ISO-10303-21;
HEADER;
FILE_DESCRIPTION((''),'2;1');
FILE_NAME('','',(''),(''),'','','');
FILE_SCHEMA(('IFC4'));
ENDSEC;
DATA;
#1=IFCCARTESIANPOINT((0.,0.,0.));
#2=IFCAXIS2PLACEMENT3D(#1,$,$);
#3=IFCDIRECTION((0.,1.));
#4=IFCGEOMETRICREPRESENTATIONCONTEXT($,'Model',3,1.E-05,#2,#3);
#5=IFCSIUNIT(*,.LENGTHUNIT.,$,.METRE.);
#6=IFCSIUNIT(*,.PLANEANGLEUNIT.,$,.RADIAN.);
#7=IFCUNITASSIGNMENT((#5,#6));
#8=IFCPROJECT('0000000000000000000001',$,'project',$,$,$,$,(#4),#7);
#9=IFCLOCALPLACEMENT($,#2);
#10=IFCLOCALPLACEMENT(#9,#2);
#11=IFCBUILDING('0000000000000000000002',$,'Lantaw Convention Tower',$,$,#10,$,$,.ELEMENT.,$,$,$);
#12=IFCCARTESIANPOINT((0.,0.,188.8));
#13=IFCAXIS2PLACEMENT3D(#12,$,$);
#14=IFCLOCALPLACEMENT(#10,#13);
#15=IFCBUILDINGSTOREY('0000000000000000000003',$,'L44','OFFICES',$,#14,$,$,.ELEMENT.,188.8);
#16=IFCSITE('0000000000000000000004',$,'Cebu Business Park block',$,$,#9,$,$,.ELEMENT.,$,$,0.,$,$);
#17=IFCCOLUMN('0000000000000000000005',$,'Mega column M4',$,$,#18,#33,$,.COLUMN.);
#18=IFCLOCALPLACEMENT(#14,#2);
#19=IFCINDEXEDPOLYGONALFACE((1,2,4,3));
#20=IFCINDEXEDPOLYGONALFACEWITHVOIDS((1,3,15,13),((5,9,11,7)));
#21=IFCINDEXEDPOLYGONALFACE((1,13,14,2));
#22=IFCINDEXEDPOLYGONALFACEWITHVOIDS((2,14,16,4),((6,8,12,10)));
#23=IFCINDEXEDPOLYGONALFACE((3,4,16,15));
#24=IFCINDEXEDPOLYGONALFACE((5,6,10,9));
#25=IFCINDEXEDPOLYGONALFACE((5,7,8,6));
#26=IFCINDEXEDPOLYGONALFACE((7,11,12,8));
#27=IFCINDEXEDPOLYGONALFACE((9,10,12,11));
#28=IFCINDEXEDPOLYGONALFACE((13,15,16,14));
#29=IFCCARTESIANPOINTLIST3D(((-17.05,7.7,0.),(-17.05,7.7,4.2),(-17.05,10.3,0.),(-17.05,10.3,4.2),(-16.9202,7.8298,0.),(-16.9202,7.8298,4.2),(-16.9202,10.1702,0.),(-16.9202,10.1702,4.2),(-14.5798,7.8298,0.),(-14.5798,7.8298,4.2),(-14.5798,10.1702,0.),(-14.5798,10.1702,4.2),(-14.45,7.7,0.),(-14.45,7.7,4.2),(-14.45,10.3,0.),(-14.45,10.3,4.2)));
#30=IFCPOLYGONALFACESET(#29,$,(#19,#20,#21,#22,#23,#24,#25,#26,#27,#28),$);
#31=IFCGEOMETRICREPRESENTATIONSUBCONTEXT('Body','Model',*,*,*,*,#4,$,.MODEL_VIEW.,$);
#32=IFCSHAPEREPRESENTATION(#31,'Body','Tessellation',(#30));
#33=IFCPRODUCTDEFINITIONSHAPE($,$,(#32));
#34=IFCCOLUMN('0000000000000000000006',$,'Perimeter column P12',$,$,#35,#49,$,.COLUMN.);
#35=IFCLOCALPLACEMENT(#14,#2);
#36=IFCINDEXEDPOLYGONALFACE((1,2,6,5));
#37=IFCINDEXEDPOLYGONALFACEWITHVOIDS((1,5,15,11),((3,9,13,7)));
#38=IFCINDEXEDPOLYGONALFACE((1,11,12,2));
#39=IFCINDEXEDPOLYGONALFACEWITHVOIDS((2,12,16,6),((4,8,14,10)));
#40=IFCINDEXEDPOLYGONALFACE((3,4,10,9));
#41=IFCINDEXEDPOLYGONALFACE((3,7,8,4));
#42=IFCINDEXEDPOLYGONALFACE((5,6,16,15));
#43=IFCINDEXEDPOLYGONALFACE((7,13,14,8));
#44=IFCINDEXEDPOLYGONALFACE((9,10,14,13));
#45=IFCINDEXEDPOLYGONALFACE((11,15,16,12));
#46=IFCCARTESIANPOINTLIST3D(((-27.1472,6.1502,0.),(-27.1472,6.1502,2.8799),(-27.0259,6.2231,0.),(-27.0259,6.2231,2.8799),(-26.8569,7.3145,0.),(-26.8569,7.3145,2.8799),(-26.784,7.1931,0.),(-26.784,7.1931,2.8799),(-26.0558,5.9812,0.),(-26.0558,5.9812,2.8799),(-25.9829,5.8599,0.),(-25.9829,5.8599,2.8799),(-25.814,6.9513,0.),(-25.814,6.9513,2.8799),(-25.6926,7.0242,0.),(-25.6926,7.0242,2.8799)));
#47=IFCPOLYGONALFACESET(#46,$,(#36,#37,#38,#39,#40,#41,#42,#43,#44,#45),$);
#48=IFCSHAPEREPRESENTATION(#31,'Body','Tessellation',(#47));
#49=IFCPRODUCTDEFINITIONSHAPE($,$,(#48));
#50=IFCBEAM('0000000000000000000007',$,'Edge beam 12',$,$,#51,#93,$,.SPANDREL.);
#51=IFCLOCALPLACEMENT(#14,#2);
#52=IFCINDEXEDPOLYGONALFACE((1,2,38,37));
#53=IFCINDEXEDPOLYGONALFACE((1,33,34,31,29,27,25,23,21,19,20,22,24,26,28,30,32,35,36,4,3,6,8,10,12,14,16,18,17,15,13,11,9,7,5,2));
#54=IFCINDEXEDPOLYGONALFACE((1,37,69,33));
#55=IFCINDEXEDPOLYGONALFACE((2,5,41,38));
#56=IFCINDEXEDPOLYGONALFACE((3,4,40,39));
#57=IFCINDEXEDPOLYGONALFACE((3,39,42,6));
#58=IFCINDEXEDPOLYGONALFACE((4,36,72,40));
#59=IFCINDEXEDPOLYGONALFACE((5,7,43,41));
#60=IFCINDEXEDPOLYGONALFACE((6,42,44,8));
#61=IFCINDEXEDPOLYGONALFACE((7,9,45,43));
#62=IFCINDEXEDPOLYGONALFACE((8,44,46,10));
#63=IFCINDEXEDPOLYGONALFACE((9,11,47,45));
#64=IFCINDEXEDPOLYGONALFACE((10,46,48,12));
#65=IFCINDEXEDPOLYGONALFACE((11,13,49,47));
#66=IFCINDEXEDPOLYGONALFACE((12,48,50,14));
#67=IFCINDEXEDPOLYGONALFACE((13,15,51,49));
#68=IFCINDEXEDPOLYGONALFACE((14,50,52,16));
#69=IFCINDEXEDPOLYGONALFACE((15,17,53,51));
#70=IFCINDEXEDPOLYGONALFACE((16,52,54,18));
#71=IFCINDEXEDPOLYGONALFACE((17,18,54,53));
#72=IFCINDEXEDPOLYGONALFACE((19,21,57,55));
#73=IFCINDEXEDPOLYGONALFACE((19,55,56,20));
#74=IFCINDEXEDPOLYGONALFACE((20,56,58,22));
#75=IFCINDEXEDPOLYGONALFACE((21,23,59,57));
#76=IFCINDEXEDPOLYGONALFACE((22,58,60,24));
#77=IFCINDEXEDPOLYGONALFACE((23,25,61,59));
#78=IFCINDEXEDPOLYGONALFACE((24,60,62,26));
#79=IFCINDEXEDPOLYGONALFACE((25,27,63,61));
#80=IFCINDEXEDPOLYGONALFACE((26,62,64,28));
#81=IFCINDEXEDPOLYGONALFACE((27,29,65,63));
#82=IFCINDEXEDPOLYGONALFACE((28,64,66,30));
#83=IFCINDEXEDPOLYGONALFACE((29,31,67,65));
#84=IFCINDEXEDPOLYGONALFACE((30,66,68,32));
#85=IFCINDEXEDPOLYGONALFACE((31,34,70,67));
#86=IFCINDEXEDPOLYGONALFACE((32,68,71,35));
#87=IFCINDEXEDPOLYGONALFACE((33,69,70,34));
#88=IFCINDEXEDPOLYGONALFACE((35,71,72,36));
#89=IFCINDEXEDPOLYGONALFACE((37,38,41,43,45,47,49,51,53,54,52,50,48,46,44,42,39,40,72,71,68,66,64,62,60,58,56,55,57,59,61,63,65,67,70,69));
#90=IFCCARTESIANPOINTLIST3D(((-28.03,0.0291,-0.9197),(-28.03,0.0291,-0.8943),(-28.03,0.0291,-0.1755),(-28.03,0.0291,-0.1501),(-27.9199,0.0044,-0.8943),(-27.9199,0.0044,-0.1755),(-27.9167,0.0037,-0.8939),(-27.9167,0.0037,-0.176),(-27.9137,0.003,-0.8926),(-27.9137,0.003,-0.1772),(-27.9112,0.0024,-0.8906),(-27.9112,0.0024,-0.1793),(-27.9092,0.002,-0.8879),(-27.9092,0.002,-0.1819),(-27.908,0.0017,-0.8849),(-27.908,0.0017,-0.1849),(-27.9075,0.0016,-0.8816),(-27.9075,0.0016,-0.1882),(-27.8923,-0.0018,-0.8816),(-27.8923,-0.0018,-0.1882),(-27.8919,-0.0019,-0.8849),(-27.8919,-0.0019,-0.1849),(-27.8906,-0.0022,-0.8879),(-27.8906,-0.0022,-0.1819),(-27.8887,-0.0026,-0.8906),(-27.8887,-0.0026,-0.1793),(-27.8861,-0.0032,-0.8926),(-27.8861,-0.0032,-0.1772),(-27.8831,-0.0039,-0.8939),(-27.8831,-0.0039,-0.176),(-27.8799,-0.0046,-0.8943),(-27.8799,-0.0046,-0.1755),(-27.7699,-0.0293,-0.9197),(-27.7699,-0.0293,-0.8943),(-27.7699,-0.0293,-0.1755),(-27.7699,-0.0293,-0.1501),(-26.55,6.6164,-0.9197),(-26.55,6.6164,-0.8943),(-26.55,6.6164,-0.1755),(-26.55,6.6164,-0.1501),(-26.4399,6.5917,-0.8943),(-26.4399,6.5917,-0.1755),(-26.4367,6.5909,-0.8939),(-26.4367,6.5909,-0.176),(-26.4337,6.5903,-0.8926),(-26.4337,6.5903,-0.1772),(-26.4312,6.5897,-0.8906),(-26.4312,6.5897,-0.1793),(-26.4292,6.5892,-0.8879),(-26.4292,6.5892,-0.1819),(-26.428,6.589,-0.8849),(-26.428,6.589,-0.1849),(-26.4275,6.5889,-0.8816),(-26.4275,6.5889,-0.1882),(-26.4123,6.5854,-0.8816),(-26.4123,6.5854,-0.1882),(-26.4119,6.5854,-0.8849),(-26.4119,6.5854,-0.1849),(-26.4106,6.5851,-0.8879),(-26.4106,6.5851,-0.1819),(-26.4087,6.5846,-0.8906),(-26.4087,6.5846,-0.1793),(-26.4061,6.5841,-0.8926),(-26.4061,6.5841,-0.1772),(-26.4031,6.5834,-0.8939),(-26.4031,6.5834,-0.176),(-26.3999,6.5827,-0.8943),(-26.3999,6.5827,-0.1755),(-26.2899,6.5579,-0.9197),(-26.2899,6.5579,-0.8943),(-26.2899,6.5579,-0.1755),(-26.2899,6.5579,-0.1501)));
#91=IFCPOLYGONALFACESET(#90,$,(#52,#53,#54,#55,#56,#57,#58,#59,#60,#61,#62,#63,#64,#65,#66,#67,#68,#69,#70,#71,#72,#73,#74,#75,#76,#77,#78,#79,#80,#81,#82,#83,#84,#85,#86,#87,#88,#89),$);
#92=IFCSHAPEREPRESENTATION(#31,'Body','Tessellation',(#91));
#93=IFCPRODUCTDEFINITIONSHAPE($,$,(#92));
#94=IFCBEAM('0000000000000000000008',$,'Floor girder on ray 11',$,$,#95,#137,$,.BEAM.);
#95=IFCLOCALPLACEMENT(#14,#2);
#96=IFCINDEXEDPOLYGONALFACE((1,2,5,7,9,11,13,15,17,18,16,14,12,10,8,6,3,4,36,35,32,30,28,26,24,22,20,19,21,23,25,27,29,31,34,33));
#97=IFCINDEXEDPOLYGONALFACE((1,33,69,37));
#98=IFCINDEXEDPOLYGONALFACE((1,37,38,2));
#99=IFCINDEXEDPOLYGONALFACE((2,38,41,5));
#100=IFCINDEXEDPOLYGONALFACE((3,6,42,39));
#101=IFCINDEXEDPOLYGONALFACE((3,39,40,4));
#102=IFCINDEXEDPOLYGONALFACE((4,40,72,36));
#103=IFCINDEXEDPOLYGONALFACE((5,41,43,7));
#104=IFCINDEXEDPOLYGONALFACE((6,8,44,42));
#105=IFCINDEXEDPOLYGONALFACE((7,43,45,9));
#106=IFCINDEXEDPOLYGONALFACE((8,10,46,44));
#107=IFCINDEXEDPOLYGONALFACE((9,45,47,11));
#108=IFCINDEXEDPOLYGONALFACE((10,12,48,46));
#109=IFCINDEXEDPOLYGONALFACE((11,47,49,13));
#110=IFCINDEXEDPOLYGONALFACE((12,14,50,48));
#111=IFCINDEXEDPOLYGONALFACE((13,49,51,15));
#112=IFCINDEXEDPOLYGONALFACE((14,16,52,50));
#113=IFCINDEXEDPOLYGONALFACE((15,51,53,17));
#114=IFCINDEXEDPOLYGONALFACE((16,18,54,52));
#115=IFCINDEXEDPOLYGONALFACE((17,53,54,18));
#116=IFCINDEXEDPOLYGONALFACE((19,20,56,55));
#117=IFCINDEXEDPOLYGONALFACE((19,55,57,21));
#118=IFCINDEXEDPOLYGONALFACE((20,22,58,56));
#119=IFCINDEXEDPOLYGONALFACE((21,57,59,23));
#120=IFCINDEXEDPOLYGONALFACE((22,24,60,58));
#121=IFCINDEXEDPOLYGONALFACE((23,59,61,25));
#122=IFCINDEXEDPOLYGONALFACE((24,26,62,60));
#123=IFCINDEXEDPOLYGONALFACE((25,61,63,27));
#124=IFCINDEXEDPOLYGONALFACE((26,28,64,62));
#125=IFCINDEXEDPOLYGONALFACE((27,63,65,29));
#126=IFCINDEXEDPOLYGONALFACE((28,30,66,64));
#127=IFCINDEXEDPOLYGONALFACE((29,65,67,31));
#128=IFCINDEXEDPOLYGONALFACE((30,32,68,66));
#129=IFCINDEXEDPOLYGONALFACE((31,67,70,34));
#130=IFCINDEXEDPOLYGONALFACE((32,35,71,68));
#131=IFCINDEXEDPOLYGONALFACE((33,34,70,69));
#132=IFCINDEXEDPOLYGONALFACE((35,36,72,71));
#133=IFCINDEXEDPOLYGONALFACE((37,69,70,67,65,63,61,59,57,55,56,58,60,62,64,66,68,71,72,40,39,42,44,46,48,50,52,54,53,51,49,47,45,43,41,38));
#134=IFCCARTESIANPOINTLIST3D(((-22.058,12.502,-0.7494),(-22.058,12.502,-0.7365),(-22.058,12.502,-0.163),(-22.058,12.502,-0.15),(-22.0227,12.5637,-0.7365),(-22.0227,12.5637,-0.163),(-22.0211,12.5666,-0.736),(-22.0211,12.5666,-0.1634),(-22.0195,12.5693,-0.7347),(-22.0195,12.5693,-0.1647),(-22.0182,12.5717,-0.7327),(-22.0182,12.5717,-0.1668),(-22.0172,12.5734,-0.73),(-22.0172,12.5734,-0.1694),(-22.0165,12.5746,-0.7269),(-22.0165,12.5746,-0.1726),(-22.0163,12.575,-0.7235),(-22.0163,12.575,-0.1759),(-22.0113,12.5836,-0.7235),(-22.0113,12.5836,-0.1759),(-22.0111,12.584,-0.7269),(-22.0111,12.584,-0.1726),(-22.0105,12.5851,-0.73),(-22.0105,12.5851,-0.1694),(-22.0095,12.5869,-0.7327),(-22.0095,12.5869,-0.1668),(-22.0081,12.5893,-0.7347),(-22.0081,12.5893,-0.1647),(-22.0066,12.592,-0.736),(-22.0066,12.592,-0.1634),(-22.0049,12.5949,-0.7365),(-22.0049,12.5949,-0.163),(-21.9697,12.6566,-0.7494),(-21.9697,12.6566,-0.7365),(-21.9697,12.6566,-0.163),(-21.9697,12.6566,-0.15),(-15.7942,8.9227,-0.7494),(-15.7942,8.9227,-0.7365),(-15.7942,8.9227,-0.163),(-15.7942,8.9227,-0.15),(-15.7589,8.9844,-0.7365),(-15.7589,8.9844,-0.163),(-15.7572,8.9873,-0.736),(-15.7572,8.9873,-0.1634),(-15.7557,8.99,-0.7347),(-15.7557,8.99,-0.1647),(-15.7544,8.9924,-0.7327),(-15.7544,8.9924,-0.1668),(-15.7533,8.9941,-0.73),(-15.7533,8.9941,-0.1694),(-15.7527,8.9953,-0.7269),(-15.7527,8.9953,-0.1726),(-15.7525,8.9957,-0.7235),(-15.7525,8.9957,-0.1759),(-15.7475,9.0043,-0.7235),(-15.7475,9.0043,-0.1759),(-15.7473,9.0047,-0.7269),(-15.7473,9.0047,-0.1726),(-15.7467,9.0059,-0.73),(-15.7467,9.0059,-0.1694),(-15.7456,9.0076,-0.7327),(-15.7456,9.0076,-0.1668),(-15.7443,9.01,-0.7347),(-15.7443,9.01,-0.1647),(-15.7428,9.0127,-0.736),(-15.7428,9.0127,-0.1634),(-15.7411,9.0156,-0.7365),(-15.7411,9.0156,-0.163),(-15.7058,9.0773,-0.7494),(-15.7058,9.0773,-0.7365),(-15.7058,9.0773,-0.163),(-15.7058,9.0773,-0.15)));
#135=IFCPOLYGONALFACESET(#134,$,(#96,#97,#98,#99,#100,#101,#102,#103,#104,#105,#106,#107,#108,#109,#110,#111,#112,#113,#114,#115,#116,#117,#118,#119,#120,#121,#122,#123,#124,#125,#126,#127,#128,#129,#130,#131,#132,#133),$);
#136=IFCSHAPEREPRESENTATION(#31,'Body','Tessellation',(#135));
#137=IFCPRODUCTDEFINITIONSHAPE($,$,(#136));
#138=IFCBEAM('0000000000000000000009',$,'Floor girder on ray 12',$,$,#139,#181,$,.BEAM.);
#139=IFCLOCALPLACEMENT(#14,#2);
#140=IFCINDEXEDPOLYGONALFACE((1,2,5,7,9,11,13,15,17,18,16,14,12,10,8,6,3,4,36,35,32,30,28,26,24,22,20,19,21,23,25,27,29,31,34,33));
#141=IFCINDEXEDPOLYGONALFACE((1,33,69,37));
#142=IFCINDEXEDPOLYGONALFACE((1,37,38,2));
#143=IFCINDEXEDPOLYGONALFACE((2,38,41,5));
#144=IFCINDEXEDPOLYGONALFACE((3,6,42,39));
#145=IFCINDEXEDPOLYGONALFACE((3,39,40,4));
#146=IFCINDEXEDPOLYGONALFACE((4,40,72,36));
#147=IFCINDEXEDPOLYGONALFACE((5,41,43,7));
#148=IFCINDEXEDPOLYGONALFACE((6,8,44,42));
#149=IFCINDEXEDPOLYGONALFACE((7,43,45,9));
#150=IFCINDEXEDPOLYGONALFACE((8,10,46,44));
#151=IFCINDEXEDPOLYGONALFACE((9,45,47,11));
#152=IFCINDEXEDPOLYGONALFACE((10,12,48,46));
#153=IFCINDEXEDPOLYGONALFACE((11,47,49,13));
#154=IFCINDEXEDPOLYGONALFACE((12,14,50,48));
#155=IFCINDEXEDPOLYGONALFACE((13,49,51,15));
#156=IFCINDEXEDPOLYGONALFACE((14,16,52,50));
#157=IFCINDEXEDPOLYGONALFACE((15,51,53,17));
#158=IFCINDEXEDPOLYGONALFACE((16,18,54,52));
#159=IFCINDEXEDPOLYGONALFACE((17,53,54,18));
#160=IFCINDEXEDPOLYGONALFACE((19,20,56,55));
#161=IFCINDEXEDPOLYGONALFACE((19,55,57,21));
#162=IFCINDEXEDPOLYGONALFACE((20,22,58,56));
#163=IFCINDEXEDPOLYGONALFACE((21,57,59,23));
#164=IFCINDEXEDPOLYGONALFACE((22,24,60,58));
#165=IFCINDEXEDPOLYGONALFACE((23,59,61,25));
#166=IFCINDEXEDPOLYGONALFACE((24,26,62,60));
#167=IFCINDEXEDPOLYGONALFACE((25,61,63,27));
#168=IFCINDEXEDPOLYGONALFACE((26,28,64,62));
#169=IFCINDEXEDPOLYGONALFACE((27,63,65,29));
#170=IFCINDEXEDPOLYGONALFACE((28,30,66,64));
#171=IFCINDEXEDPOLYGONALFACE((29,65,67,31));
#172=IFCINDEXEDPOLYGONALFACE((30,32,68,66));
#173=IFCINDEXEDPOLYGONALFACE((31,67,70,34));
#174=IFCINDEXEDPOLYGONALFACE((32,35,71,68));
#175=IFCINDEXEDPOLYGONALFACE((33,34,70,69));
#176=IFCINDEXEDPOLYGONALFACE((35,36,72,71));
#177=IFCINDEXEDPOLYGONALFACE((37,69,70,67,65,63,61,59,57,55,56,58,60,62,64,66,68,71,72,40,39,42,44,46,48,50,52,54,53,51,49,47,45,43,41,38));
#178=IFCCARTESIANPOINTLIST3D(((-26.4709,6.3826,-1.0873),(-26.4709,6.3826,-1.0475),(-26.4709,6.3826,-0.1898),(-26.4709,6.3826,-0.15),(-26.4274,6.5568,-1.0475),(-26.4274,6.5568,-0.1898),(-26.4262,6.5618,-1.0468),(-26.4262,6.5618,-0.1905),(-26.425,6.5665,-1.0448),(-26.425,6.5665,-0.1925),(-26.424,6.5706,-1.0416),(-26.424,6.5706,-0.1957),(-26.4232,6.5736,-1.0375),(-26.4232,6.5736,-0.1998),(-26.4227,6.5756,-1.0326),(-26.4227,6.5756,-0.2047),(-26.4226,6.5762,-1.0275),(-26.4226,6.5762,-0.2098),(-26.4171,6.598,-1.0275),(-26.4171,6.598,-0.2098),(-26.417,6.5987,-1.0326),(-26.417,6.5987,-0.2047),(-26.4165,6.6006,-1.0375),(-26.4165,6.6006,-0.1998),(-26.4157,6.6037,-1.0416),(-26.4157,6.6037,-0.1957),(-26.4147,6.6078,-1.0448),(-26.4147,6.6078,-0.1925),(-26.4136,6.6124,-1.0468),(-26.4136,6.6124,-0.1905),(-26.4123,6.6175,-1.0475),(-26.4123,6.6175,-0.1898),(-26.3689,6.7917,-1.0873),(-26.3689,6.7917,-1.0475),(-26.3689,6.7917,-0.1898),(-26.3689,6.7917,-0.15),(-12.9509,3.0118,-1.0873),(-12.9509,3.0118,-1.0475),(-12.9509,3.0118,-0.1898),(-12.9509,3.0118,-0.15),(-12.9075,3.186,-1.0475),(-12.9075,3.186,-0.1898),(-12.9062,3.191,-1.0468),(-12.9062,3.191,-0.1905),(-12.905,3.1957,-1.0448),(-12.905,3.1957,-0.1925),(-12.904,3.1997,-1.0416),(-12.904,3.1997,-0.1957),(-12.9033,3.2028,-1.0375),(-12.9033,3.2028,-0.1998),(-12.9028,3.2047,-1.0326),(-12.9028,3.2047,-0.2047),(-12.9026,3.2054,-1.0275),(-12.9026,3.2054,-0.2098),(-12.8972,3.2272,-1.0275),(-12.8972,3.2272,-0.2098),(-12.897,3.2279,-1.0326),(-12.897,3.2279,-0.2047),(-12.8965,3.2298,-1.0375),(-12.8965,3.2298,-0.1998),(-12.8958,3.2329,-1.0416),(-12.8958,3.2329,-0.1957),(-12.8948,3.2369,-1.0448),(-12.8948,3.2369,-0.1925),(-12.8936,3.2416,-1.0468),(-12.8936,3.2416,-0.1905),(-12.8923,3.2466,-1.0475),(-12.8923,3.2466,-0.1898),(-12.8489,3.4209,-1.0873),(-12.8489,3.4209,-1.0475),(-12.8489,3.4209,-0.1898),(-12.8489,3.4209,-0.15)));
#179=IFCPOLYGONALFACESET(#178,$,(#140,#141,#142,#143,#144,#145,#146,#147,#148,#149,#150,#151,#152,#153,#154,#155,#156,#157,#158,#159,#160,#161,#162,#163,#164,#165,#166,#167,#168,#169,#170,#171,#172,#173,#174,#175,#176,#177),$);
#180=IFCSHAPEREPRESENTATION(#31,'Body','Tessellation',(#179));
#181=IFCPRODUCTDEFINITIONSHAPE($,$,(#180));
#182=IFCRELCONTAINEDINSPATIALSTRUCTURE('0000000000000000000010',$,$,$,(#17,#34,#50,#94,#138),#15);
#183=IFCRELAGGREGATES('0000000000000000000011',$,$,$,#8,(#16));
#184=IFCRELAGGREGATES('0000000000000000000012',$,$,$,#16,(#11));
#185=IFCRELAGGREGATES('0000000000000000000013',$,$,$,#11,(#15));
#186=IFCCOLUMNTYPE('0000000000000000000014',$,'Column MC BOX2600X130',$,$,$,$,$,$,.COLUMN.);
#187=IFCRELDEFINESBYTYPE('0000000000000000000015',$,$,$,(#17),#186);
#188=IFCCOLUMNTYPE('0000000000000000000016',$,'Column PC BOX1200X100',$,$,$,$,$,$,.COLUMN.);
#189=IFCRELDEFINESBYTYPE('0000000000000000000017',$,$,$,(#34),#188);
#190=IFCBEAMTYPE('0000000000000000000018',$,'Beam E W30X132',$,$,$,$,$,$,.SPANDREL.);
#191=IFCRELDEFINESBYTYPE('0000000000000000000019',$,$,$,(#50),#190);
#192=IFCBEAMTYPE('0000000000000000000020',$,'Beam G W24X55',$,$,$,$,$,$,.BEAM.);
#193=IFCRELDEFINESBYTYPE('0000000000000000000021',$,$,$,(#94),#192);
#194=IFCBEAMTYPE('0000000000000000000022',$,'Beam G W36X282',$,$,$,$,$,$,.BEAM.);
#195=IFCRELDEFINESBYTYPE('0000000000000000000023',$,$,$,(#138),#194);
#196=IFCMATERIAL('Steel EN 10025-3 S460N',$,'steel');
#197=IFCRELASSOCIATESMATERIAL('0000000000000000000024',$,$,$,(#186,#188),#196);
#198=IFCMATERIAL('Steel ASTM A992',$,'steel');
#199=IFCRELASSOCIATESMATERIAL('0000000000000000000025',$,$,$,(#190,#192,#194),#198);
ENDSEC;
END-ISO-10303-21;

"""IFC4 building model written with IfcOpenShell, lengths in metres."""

from ifc_helpers import new_model, si_unit, direction, frame, origin, origin_2d, place, context, subcontext, project, spatial, rectangle, hollow_rectangle, i_section, extrude, material, material_profile, profile_set, type_object, element, save


model = new_model("IFC4")

# Units and contexts
model_context = context("Model", 3, precision=1e-05, world=origin(), true_north=direction((0.0, 1.0)))
body_context = subcontext(model_context, "Body", "Model", "MODEL_VIEW")
ifc_project = project(units=[si_unit("LENGTHUNIT", "METRE"), si_unit("PLANEANGLEUNIT", "RADIAN")], contexts=[model_context])

# Site, building, storey
site_placement = place(None, origin())
site = spatial("IfcSite", under=ifc_project, at=site_placement, Name="Cebu Business Park block", CompositionType="ELEMENT", RefElevation=0.0)
building_placement = place(site_placement, origin())
building = spatial("IfcBuilding", under=site, at=building_placement, Name="Lantaw Convention Tower", CompositionType="ELEMENT")
storey_placement = place(building_placement, frame((0.0, 0.0, 188.8)))
storey = spatial("IfcBuildingStorey", under=building, at=storey_placement, Name="L44", Description="OFFICES", CompositionType="ELEMENT", Elevation=188.8)

# Columns
ifc_material_1 = material(Name="Steel EN 10025-3 S460N", Category="steel")
ifc_material_profile_1 = material_profile(ifc_material_1, hollow_rectangle(XDim=2.6001, YDim=2.6001, WallThickness=0.1299, at=origin_2d()), Name="BOX2600X130")
ifc_material_2 = material(Name="Concrete C60/75", Category="concrete")
ifc_material_profile_2 = material_profile(ifc_material_2, rectangle(XDim=2.3401, YDim=2.3401, at=origin_2d()), Name="Concrete fill of BOX2600X130")
ifc_profile_set_1 = profile_set([ifc_material_profile_1, ifc_material_profile_2], Name="Steel EN 10025-3 S460N")
column_type_1 = type_object("IfcColumnType", Name="Column MC BOX2600X130", PredefinedType="COLUMN", material=ifc_profile_set_1)
column_1_placement = place(storey_placement, frame((-15.75, 9.0, 0.0), z_axis=(0.0, 0.0, 1.0), x_axis=(1.0, 0.0, 0.0)))
element("IfcColumn", 1, at=column_1_placement, inside=storey, type_object=column_type_1, Name="Mega column M4", PredefinedType="COLUMN", context=body_context, shape_type="SweptSolid", body=[
    extrude(hollow_rectangle(XDim=2.6001, YDim=2.6001, WallThickness=0.1299, at=origin_2d()), origin(), (0.0, 0.0, 1.0), 4.2),
])
ifc_material_profile_3 = material_profile(ifc_material_1, hollow_rectangle(XDim=1.2, YDim=1.2, WallThickness=0.1001, at=origin_2d()), Name="BOX1200X100")
ifc_material_profile_4 = material_profile(ifc_material_2, rectangle(XDim=1.0, YDim=1.0, at=origin_2d()), Name="Concrete fill of BOX1200X100")
ifc_profile_set_2 = profile_set([ifc_material_profile_3, ifc_material_profile_4], Name="Steel EN 10025-3 S460N")
column_type_2 = type_object("IfcColumnType", Name="Column PC BOX1200X100", PredefinedType="COLUMN", material=ifc_profile_set_2)
column_2_placement = place(storey_placement, frame((-26.4199, 6.5872, 0.0), z_axis=(0.0, 0.0, 1.0), x_axis=(0.241922, 0.970296, 0.0)))
element("IfcColumn", 2, at=column_2_placement, inside=storey, type_object=column_type_2, Name="Perimeter column P12", PredefinedType="COLUMN", context=body_context, shape_type="SweptSolid", body=[
    extrude(hollow_rectangle(XDim=1.2, YDim=1.2, WallThickness=0.1001, at=origin_2d()), origin(), (0.0, 0.0, 1.0), 2.8799),
])

# Beams
ifc_material_3 = material(Name="Steel ASTM A992", Category="steel")
ifc_material_profile_5 = material_profile(ifc_material_3, i_section(OverallWidth=0.2666, OverallDepth=0.7695, WebThickness=0.0156, FlangeThickness=0.0254, FilletRadius=0.0127, at=origin_2d()), Name="W30X132")
ifc_profile_set_3 = profile_set([ifc_material_profile_5], Name="Steel ASTM A992")
beam_type_1 = type_object("IfcBeamType", Name="Beam E W30X132", PredefinedType="SPANDREL", material=ifc_profile_set_3)
beam_1_placement = place(storey_placement, frame((-26.4199, 6.5872, -0.5349), z_axis=(-0.219212, -0.975677, 0.0), x_axis=(0.975677, -0.219212, 0.0)))
element("IfcBeam", 3, at=beam_1_placement, inside=storey, type_object=beam_type_1, Name="Edge beam 12", PredefinedType="SPANDREL", context=body_context, shape_type="SweptSolid", body=[
    extrude(i_section(OverallWidth=0.2666, OverallDepth=0.7695, WebThickness=0.0156, FlangeThickness=0.0254, FilletRadius=0.0127, at=origin_2d()), origin(), (0.0, 0.0, 1.0), 6.7515),
])
ifc_material_profile_6 = material_profile(ifc_material_3, i_section(OverallWidth=0.178, OverallDepth=0.5994, WebThickness=0.01, FlangeThickness=0.0129, FilletRadius=0.0129, at=origin_2d()), Name="W24X55")
ifc_profile_set_4 = profile_set([ifc_material_profile_6], Name="Steel ASTM A992")
beam_type_2 = type_object("IfcBeamType", Name="Beam G W24X55", PredefinedType="BEAM", material=ifc_profile_set_4)
beam_2_placement = place(storey_placement, frame((-15.75, 9.0, -0.4497), z_axis=(-0.868245, 0.496135, 0.0), x_axis=(-0.496135, -0.868245, 0.0)))
element("IfcBeam", 4, at=beam_2_placement, inside=storey, type_object=beam_type_2, Name="Floor girder on ray 11", PredefinedType="BEAM", context=body_context, shape_type="SweptSolid", body=[
    extrude(i_section(OverallWidth=0.178, OverallDepth=0.5994, WebThickness=0.01, FlangeThickness=0.0129, FilletRadius=0.0129, at=origin_2d()), origin(), (0.0, 0.0, 1.0), 7.2144),
])
ifc_material_profile_7 = material_profile(ifc_material_3, i_section(OverallWidth=0.4216, OverallDepth=0.9373, WebThickness=0.0225, FlangeThickness=0.0398, FilletRadius=0.02, at=origin_2d()), Name="W36X282")
ifc_profile_set_5 = profile_set([ifc_material_profile_7], Name="Steel ASTM A992")
beam_type_3 = type_object("IfcBeamType", Name="Beam G W36X282", PredefinedType="BEAM", material=ifc_profile_set_5)
beam_3_placement = place(storey_placement, frame((-12.8999, 3.2163, -0.6187), z_axis=(-0.970297, 0.241917, 0.0), x_axis=(-0.241917, -0.970297, 0.0)))
element("IfcBeam", 5, at=beam_3_placement, inside=storey, type_object=beam_type_3, Name="Floor girder on ray 12", PredefinedType="BEAM", context=body_context, shape_type="SweptSolid", body=[
    extrude(i_section(OverallWidth=0.4216, OverallDepth=0.9373, WebThickness=0.0225, FlangeThickness=0.0398, FilletRadius=0.02, at=origin_2d()), origin(), (0.0, 0.0, 1.0), 13.9338),
])

save(model, "model.ifc")
